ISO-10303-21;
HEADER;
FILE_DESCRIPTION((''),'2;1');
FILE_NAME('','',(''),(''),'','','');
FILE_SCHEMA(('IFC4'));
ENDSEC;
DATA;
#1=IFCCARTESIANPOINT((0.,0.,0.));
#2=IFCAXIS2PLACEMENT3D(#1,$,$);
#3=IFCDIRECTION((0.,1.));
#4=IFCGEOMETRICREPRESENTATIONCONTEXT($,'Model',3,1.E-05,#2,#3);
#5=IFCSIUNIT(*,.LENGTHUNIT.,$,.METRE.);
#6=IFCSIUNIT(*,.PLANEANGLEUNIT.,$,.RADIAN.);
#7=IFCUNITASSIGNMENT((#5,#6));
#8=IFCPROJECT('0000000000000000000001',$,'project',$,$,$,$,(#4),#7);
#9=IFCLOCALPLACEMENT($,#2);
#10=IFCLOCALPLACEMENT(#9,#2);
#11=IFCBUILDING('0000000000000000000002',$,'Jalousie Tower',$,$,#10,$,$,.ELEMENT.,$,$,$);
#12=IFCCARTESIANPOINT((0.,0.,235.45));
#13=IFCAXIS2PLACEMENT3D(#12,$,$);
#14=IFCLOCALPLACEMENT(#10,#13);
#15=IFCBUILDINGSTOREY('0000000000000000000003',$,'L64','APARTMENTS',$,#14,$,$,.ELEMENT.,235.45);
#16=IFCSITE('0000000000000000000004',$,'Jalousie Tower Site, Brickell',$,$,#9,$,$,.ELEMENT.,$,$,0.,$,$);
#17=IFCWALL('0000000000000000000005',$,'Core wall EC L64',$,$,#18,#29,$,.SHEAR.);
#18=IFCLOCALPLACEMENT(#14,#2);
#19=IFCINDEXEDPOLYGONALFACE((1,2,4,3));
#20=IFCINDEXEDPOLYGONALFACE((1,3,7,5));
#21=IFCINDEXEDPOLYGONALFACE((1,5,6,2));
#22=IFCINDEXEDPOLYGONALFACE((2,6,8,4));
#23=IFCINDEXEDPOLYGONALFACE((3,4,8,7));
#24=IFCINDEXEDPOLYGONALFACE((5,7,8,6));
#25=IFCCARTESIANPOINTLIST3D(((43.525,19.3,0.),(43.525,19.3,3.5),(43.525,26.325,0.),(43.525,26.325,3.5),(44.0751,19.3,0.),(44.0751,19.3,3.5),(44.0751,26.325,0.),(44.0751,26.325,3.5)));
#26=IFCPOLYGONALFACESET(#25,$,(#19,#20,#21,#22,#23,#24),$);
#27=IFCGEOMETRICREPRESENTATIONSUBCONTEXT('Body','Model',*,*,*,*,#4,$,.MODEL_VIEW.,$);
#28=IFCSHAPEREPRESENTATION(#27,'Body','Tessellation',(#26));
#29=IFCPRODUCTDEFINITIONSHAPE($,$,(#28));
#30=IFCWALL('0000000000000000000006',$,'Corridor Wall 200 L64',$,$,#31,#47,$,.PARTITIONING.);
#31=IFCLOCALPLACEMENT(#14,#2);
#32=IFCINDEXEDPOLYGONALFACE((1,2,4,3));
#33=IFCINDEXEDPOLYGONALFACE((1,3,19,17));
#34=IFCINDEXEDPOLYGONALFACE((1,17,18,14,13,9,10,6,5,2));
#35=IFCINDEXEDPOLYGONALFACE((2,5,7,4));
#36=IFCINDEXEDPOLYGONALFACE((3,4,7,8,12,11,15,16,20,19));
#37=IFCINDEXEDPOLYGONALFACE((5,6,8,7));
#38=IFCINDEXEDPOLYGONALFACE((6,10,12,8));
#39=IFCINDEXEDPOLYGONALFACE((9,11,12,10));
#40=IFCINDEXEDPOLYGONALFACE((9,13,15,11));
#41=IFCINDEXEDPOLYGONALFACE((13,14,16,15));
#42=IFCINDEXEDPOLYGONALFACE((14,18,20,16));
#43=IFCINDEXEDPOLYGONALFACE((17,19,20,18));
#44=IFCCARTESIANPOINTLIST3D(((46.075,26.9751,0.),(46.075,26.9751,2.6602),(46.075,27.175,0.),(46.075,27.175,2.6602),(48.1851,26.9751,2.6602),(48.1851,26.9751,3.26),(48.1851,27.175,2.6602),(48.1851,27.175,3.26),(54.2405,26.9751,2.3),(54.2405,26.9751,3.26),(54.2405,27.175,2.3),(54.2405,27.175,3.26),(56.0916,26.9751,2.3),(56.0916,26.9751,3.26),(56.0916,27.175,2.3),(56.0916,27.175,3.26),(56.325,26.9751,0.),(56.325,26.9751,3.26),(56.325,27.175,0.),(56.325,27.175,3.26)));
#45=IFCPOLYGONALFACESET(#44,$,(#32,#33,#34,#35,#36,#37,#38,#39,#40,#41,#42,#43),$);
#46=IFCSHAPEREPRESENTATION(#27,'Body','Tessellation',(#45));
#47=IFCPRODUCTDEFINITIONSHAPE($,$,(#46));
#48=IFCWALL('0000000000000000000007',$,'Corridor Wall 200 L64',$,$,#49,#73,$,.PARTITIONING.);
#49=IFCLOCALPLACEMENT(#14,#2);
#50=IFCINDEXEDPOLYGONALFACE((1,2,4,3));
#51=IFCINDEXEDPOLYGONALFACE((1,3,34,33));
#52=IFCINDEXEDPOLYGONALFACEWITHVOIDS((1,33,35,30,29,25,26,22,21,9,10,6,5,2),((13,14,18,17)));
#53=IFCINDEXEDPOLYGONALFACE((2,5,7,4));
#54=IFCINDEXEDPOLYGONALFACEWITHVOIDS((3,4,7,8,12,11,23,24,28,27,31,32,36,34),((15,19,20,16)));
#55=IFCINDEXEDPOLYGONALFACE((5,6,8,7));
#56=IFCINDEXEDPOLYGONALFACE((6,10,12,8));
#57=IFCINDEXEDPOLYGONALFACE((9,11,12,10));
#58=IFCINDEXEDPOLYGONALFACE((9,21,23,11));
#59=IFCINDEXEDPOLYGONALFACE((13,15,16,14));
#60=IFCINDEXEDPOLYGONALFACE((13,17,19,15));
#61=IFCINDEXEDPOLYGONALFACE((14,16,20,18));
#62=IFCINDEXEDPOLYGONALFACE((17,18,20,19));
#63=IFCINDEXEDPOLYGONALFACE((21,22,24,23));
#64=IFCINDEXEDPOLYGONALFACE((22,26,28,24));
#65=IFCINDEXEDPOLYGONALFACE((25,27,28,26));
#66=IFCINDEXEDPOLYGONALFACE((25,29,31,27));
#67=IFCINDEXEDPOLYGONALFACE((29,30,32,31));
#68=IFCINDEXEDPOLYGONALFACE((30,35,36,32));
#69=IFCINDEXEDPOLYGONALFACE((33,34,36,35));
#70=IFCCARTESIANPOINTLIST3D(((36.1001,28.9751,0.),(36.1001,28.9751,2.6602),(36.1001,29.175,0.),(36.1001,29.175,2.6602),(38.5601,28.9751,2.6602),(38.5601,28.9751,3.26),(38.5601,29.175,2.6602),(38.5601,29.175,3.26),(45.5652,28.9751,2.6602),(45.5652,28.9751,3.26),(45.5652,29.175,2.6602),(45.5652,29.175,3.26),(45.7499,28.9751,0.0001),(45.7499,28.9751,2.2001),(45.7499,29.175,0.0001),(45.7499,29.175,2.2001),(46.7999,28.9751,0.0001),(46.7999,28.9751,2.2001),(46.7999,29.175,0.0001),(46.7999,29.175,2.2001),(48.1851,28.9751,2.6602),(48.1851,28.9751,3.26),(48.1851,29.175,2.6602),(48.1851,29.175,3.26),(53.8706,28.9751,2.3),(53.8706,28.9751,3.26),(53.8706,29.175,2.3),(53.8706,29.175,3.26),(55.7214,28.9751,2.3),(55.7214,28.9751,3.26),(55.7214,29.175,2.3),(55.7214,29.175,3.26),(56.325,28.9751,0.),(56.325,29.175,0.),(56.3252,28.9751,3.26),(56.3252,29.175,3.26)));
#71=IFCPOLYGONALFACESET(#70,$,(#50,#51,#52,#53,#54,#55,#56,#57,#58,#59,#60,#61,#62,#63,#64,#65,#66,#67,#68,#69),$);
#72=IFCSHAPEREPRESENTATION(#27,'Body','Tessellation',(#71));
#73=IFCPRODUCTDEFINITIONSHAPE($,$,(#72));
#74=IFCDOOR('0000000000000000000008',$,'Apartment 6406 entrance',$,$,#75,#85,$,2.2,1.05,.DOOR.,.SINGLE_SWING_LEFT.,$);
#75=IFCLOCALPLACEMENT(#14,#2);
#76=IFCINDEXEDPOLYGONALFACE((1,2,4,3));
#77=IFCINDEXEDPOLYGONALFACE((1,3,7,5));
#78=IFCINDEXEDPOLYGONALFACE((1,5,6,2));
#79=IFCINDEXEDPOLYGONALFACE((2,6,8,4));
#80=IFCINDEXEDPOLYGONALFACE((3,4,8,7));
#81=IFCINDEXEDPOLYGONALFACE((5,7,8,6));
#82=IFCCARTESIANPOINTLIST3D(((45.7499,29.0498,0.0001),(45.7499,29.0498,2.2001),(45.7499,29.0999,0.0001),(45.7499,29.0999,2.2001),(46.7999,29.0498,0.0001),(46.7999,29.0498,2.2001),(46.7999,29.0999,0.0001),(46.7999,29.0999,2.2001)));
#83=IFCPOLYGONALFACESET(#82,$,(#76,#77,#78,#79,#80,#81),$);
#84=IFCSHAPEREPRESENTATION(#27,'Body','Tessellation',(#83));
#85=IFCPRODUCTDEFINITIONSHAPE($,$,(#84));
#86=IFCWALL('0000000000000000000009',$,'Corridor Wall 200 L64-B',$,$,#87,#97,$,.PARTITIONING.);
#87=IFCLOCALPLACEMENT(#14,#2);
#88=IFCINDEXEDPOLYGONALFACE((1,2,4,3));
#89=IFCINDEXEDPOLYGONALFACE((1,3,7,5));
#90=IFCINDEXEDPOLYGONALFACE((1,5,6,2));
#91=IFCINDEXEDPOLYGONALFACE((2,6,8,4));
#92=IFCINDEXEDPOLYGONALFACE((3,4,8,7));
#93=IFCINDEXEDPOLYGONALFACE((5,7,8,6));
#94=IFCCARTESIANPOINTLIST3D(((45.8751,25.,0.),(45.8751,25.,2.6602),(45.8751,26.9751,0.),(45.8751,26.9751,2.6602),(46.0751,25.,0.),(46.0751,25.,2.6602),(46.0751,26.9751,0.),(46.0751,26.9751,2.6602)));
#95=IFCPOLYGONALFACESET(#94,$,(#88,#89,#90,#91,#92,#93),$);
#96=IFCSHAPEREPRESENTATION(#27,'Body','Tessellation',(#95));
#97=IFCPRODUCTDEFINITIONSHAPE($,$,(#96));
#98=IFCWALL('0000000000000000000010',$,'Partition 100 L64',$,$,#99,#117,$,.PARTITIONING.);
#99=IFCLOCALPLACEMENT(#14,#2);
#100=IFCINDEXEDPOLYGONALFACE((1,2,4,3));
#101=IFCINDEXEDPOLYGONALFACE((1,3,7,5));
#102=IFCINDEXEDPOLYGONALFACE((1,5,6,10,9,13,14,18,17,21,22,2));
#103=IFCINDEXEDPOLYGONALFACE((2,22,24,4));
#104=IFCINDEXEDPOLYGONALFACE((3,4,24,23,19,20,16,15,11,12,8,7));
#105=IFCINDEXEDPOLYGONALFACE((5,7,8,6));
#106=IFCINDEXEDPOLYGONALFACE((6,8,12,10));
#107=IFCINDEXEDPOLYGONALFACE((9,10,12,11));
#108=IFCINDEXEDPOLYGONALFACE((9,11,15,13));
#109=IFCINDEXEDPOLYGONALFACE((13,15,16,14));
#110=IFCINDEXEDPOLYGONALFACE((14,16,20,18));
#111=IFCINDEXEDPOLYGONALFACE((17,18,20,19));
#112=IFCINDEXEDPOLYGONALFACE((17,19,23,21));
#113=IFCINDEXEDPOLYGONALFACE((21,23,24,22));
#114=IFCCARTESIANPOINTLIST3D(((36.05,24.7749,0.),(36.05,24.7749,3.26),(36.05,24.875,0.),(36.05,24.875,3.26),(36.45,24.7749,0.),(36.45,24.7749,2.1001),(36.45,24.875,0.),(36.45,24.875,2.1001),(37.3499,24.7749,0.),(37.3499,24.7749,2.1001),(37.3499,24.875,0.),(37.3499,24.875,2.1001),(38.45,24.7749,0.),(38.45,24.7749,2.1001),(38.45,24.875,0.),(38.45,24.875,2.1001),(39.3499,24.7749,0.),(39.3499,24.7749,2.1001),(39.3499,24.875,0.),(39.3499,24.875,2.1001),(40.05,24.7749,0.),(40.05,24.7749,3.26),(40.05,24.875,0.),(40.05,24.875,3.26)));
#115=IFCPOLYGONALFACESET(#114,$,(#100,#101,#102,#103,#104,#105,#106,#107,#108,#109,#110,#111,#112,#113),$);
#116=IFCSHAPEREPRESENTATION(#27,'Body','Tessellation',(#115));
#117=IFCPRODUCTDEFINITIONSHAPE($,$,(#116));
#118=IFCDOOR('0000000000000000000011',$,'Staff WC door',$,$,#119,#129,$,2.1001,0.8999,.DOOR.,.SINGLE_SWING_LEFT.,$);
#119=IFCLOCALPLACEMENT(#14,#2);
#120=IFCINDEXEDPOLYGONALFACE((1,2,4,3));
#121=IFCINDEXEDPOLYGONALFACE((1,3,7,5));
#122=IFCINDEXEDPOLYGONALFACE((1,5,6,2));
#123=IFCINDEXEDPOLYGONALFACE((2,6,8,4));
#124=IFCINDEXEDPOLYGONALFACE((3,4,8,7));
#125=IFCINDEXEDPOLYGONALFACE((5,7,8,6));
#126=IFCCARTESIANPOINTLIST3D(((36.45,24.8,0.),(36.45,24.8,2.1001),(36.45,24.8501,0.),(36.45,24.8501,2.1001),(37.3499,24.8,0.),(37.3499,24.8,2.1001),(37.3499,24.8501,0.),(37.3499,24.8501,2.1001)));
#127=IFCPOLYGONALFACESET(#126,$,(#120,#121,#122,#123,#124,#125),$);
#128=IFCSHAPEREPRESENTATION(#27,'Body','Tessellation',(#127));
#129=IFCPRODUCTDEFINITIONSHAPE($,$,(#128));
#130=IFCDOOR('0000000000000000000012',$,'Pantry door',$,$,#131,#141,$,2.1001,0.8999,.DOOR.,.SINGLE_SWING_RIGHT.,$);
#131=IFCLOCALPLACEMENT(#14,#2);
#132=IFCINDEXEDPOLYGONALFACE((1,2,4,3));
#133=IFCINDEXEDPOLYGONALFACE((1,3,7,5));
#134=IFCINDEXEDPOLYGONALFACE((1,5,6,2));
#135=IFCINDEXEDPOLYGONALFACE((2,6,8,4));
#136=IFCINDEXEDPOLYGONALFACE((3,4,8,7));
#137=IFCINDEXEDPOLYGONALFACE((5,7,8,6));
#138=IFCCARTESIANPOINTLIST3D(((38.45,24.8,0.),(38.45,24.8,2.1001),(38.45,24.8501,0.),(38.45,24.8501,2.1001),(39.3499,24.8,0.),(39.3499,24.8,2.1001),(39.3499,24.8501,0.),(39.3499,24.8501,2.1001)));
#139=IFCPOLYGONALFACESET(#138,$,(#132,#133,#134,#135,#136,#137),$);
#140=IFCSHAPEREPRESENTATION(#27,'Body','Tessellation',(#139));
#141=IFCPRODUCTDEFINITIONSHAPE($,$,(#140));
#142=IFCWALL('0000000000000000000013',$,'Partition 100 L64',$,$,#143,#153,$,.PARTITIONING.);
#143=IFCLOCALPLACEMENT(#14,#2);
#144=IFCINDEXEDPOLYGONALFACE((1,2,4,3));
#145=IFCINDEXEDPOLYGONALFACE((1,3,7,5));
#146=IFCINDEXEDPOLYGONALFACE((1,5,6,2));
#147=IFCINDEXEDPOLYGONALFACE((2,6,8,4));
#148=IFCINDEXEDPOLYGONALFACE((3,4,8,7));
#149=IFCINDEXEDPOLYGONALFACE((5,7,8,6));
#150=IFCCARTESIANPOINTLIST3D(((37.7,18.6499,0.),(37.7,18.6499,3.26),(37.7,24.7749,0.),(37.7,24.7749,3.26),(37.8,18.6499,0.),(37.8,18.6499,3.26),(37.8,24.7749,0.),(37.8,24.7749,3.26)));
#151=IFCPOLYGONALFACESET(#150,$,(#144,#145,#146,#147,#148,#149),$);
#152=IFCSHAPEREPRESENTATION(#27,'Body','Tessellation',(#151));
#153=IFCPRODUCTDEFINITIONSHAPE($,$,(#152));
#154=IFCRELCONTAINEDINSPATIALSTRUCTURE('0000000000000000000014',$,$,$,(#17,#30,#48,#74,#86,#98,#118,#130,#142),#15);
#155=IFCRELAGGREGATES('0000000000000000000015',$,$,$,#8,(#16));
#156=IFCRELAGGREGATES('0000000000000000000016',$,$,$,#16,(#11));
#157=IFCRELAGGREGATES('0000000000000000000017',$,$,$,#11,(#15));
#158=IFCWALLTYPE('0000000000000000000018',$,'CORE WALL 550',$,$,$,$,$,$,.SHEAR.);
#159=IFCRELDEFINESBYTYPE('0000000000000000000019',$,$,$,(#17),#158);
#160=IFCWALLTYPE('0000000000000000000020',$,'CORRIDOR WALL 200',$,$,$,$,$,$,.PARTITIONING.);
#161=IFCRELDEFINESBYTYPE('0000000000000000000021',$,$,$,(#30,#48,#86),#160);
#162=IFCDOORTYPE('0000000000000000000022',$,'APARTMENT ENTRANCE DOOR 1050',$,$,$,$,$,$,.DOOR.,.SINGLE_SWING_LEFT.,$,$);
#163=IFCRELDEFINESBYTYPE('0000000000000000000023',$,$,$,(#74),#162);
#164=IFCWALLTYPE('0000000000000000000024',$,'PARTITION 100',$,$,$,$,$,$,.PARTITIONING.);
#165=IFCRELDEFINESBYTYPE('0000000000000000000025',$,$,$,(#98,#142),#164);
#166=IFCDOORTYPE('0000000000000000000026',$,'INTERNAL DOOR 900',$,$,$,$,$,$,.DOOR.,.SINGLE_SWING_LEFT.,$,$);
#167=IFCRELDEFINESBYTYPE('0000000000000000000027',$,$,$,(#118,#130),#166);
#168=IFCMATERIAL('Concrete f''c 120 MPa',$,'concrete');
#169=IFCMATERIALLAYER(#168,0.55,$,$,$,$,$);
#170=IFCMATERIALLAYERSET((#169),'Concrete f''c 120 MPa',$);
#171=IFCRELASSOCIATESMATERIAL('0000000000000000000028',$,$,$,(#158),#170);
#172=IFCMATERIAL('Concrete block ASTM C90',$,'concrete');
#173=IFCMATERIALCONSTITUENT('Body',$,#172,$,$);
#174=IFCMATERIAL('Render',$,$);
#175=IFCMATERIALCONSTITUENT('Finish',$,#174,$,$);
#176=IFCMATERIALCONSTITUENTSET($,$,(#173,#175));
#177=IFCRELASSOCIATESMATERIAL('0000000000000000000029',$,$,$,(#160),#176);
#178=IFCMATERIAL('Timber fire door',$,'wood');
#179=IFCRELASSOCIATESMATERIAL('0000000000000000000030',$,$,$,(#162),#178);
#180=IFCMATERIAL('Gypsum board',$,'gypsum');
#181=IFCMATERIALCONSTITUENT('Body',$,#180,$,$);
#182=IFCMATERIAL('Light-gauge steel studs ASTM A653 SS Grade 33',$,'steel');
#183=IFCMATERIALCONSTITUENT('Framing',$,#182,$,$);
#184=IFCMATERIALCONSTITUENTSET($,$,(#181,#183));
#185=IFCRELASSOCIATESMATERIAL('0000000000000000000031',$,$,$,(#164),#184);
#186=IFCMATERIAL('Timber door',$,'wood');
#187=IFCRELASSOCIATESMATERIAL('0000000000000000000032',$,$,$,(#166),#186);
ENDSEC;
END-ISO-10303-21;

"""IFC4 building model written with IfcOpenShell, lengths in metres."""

from ifc_helpers import new_model, si_unit, direction, frame, frame_2d, origin, place, context, subcontext, project, spatial, polyline, rectangle, outline, extrude, material, layer, layer_set, constituent, constituent_set, type_object, element, fill, save


model = new_model("IFC4")

# Units and contexts
model_context = context("Model", 3, precision=1e-05, world=origin(), true_north=direction((0.0, 1.0)))
body_context = subcontext(model_context, "Body", "Model", "MODEL_VIEW")
ifc_project = project(units=[si_unit("LENGTHUNIT", "METRE"), si_unit("PLANEANGLEUNIT", "RADIAN")], contexts=[model_context])

# Site, building, storey
site_placement = place(None, origin())
site = spatial("IfcSite", under=ifc_project, at=site_placement, Name="Jalousie Tower Site, Brickell", CompositionType="ELEMENT", RefElevation=0.0)
building_placement = place(site_placement, origin())
building = spatial("IfcBuilding", under=site, at=building_placement, Name="Jalousie Tower", CompositionType="ELEMENT")
storey_placement = place(building_placement, frame((0.0, 0.0, 235.45)))
storey = spatial("IfcBuildingStorey", under=building, at=storey_placement, Name="L64", Description="APARTMENTS", CompositionType="ELEMENT", Elevation=235.45)

# Walls
ifc_material_1 = material(Name="Concrete f'c 120 MPa", Category="concrete")
ifc_layer_1 = layer(ifc_material_1, 0.55)
ifc_layer_set_1 = layer_set([ifc_layer_1], Name="Concrete f'c 120 MPa")
wall_type_1 = type_object("IfcWallType", Name="CORE WALL 550", PredefinedType="SHEAR", material=ifc_layer_set_1)
wall_1_placement = place(storey_placement, frame((43.8, 19.3, 0.0), z_axis=(0.0, 0.0, 1.0), x_axis=(0.0, 1.0, 0.0)))
element("IfcWall", 1, at=wall_1_placement, inside=storey, type_object=wall_type_1, Name="Core wall EC L64", PredefinedType="SHEAR", context=body_context, shape_type="SweptSolid", body=[
    extrude(rectangle(XDim=7.0249, YDim=0.55, at=frame_2d((3.5125, 0.0))), origin(), (0.0, 0.0, 1.0), 3.5),
])
ifc_material_2 = material(Name="Concrete block ASTM C90", Category="concrete")
ifc_constituent_1 = constituent(ifc_material_2, Name="Body")
ifc_material_3 = material(Name="Render")
ifc_constituent_2 = constituent(ifc_material_3, Name="Finish")
ifc_constituent_set_1 = constituent_set(constituents=[ifc_constituent_1, ifc_constituent_2])
wall_type_2 = type_object("IfcWallType", Name="CORRIDOR WALL 200", PredefinedType="PARTITIONING", material=ifc_constituent_set_1)
wall_2_placement = place(storey_placement, frame((46.075, 27.075, 0.0), z_axis=(0.0, 0.0, 1.0), x_axis=(1.0, 0.0, 0.0)))
element("IfcWall", 2, at=wall_2_placement, inside=storey, type_object=wall_type_2, Name="Corridor Wall 200 L64", PredefinedType="PARTITIONING", context=body_context, shape_type="SweptSolid", body=[
    extrude(outline(polyline([(0.0, 0.0), (10.25, 0.0), (10.25, 3.26), (10.0166, 3.26), (10.0166, 2.3), (8.1655, 2.3), (8.1655, 3.26), (2.1101, 3.26), (2.1101, 2.6602), (0.0, 2.6602), (0.0, 3.26), (0.0, 0.0)])), frame((0.0, 0.1001, 0.0), z_axis=(0.0, -1.0, 0.0), x_axis=(1.0, 0.0, 0.0)), (0.0, 0.0, 1.0), 0.2),
])

# Wall, opening, door
wall_3_placement = place(storey_placement, frame((36.1001, 29.075, 0.0), z_axis=(0.0, 0.0, 1.0), x_axis=(1.0, 0.0, 0.0)))
wall_3 = element("IfcWall", 3, at=wall_3_placement, inside=storey, type_object=wall_type_2, Name="Corridor Wall 200 L64", PredefinedType="PARTITIONING", context=body_context, shape_type="SweptSolid", body=[
    extrude(outline(polyline([(0.0, 0.0), (20.2249, 0.0), (20.2251, 3.26), (19.6213, 3.26), (19.6213, 2.3), (17.7705, 2.3), (17.7705, 3.26), (12.085, 3.26), (12.085, 2.6602), (9.4651, 2.6602), (9.4651, 3.26), (2.46, 3.26), (2.46, 2.6602), (0.0, 2.6602), (0.0, 3.26), (0.0, 0.0)])), frame((0.0, 0.1001, 0.0), z_axis=(0.0, -1.0, 0.0), x_axis=(1.0, 0.0, 0.0)), (0.0, 0.0, 1.0), 0.2),
])
opening_1_placement = place(wall_3_placement, frame((9.6499, 0.0, 0.0)))
opening_1 = element("IfcOpeningElement", 4, at=opening_1_placement, cuts=wall_3, PredefinedType="OPENING", context=body_context, shape_type="SweptSolid", body=[
    extrude(rectangle(XDim=1.05, YDim=2.2, at=frame_2d((0.5249, 1.1001))), frame((0.0, 0.1099, 0.0), z_axis=(0.0, -1.0, 0.0), x_axis=(1.0, 0.0, 0.0)), (0.0, 0.0, 1.0), 0.22),
])
ifc_material_4 = material(Name="Timber fire door", Category="wood")
door_type_1 = type_object("IfcDoorType", Name="APARTMENT ENTRANCE DOOR 1050", OperationType="SINGLE_SWING_LEFT", PredefinedType="DOOR", material=ifc_material_4)
door_1_placement = place(opening_1_placement, origin())
door_1 = element("IfcDoor", 5, at=door_1_placement, inside=storey, type_object=door_type_1, Name="Apartment 6406 entrance", OperationType="SINGLE_SWING_LEFT", OverallHeight=2.2, OverallWidth=1.05, PredefinedType="DOOR", context=body_context, shape_type="SweptSolid", body=[
    extrude(rectangle(XDim=1.05, YDim=2.2, at=frame_2d((0.5249, 1.1001))), frame((0.0, 0.0249, 0.0), z_axis=(0.0, -1.0, 0.0), x_axis=(1.0, 0.0, 0.0)), (0.0, 0.0, 1.0), 0.05),
])
fill(opening_1, door_1)

# Wall
wall_4_placement = place(storey_placement, frame((45.9751, 25.0, 0.0), z_axis=(0.0, 0.0, 1.0), x_axis=(0.0, 1.0, 0.0)))
element("IfcWall", 6, at=wall_4_placement, inside=storey, type_object=wall_type_2, Name="Corridor Wall 200 L64-B", PredefinedType="PARTITIONING", context=body_context, shape_type="SweptSolid", body=[
    extrude(rectangle(XDim=1.9751, YDim=0.2, at=frame_2d((0.9875, 0.0))), origin(), (0.0, 0.0, 1.0), 2.6602),
])

# Wall, openings, doors
ifc_material_5 = material(Name="Gypsum board", Category="gypsum")
ifc_constituent_3 = constituent(ifc_material_5, Name="Body")
ifc_material_6 = material(Name="Light-gauge steel studs ASTM A653 SS Grade 33", Category="steel")
ifc_constituent_4 = constituent(ifc_material_6, Name="Framing")
ifc_constituent_set_2 = constituent_set(constituents=[ifc_constituent_3, ifc_constituent_4])
wall_type_3 = type_object("IfcWallType", Name="PARTITION 100", PredefinedType="PARTITIONING", material=ifc_constituent_set_2)
wall_5_placement = place(storey_placement, frame((36.05, 24.825, 0.0), z_axis=(0.0, 0.0, 1.0), x_axis=(1.0, 0.0, 0.0)))
wall_5 = element("IfcWall", 7, at=wall_5_placement, inside=storey, type_object=wall_type_3, Name="Partition 100 L64", PredefinedType="PARTITIONING", context=body_context, shape_type="SweptSolid", body=[
    extrude(rectangle(XDim=4.0, YDim=0.1001, at=frame_2d((2.0, 0.0))), origin(), (0.0, 0.0, 1.0), 3.26),
])
opening_2_placement = place(wall_5_placement, frame((0.3999, 0.0, 0.0)))
opening_2 = element("IfcOpeningElement", 8, at=opening_2_placement, cuts=wall_5, PredefinedType="OPENING", context=body_context, shape_type="SweptSolid", body=[
    extrude(rectangle(XDim=0.8999, YDim=2.1001, at=frame_2d((0.45, 1.05))), frame((0.0, 0.0601, 0.0), z_axis=(0.0, -1.0, 0.0), x_axis=(1.0, 0.0, 0.0)), (0.0, 0.0, 1.0), 0.1201),
])
opening_3_placement = place(wall_5_placement, frame((2.3999, 0.0, 0.0)))
opening_3 = element("IfcOpeningElement", 9, at=opening_3_placement, cuts=wall_5, PredefinedType="OPENING", context=body_context, shape_type="SweptSolid", body=[
    extrude(rectangle(XDim=0.8999, YDim=2.1001, at=frame_2d((0.45, 1.05))), frame((0.0, 0.0601, 0.0), z_axis=(0.0, -1.0, 0.0), x_axis=(1.0, 0.0, 0.0)), (0.0, 0.0, 1.0), 0.1201),
])
ifc_material_7 = material(Name="Timber door", Category="wood")
door_type_2 = type_object("IfcDoorType", Name="INTERNAL DOOR 900", OperationType="SINGLE_SWING_LEFT", PredefinedType="DOOR", material=ifc_material_7)
door_2_placement = place(opening_2_placement, frame((0.8999, 0.0, 0.0), z_axis=(0.0, 0.0, 1.0), x_axis=(-1.0, 0.0, 0.0)))
door_2 = element("IfcDoor", 10, at=door_2_placement, inside=storey, type_object=door_type_2, Name="Staff WC door", OperationType="SINGLE_SWING_LEFT", OverallHeight=2.1001, OverallWidth=0.8999, PredefinedType="DOOR", context=body_context, shape_type="SweptSolid", body=[
    extrude(rectangle(XDim=0.8999, YDim=2.1001, at=frame_2d((0.45, 1.05))), frame((0.0, 0.0249, 0.0), z_axis=(0.0, -1.0, 0.0), x_axis=(1.0, 0.0, 0.0)), (0.0, 0.0, 1.0), 0.05),
])
fill(opening_2, door_2)
door_3_placement = place(opening_3_placement, frame((0.8999, 0.0, 0.0), z_axis=(0.0, 0.0, 1.0), x_axis=(-1.0, 0.0, 0.0)))
door_3 = element("IfcDoor", 11, at=door_3_placement, inside=storey, type_object=door_type_2, Name="Pantry door", OperationType="SINGLE_SWING_RIGHT", OverallHeight=2.1001, OverallWidth=0.8999, PredefinedType="DOOR", context=body_context, shape_type="SweptSolid", body=[
    extrude(rectangle(XDim=0.8999, YDim=2.1001, at=frame_2d((0.45, 1.05))), frame((0.0, 0.0249, 0.0), z_axis=(0.0, -1.0, 0.0), x_axis=(1.0, 0.0, 0.0)), (0.0, 0.0, 1.0), 0.05),
])
fill(opening_3, door_3)

# Wall
wall_6_placement = place(storey_placement, frame((37.75, 18.6499, 0.0), z_axis=(0.0, 0.0, 1.0), x_axis=(0.0, 1.0, 0.0)))
element("IfcWall", 12, at=wall_6_placement, inside=storey, type_object=wall_type_3, Name="Partition 100 L64", PredefinedType="PARTITIONING", context=body_context, shape_type="SweptSolid", body=[
    extrude(rectangle(XDim=6.125, YDim=0.1001, at=frame_2d((3.0625, 0.0))), origin(), (0.0, 0.0, 1.0), 3.26),
])

save(model, "model.ifc")
